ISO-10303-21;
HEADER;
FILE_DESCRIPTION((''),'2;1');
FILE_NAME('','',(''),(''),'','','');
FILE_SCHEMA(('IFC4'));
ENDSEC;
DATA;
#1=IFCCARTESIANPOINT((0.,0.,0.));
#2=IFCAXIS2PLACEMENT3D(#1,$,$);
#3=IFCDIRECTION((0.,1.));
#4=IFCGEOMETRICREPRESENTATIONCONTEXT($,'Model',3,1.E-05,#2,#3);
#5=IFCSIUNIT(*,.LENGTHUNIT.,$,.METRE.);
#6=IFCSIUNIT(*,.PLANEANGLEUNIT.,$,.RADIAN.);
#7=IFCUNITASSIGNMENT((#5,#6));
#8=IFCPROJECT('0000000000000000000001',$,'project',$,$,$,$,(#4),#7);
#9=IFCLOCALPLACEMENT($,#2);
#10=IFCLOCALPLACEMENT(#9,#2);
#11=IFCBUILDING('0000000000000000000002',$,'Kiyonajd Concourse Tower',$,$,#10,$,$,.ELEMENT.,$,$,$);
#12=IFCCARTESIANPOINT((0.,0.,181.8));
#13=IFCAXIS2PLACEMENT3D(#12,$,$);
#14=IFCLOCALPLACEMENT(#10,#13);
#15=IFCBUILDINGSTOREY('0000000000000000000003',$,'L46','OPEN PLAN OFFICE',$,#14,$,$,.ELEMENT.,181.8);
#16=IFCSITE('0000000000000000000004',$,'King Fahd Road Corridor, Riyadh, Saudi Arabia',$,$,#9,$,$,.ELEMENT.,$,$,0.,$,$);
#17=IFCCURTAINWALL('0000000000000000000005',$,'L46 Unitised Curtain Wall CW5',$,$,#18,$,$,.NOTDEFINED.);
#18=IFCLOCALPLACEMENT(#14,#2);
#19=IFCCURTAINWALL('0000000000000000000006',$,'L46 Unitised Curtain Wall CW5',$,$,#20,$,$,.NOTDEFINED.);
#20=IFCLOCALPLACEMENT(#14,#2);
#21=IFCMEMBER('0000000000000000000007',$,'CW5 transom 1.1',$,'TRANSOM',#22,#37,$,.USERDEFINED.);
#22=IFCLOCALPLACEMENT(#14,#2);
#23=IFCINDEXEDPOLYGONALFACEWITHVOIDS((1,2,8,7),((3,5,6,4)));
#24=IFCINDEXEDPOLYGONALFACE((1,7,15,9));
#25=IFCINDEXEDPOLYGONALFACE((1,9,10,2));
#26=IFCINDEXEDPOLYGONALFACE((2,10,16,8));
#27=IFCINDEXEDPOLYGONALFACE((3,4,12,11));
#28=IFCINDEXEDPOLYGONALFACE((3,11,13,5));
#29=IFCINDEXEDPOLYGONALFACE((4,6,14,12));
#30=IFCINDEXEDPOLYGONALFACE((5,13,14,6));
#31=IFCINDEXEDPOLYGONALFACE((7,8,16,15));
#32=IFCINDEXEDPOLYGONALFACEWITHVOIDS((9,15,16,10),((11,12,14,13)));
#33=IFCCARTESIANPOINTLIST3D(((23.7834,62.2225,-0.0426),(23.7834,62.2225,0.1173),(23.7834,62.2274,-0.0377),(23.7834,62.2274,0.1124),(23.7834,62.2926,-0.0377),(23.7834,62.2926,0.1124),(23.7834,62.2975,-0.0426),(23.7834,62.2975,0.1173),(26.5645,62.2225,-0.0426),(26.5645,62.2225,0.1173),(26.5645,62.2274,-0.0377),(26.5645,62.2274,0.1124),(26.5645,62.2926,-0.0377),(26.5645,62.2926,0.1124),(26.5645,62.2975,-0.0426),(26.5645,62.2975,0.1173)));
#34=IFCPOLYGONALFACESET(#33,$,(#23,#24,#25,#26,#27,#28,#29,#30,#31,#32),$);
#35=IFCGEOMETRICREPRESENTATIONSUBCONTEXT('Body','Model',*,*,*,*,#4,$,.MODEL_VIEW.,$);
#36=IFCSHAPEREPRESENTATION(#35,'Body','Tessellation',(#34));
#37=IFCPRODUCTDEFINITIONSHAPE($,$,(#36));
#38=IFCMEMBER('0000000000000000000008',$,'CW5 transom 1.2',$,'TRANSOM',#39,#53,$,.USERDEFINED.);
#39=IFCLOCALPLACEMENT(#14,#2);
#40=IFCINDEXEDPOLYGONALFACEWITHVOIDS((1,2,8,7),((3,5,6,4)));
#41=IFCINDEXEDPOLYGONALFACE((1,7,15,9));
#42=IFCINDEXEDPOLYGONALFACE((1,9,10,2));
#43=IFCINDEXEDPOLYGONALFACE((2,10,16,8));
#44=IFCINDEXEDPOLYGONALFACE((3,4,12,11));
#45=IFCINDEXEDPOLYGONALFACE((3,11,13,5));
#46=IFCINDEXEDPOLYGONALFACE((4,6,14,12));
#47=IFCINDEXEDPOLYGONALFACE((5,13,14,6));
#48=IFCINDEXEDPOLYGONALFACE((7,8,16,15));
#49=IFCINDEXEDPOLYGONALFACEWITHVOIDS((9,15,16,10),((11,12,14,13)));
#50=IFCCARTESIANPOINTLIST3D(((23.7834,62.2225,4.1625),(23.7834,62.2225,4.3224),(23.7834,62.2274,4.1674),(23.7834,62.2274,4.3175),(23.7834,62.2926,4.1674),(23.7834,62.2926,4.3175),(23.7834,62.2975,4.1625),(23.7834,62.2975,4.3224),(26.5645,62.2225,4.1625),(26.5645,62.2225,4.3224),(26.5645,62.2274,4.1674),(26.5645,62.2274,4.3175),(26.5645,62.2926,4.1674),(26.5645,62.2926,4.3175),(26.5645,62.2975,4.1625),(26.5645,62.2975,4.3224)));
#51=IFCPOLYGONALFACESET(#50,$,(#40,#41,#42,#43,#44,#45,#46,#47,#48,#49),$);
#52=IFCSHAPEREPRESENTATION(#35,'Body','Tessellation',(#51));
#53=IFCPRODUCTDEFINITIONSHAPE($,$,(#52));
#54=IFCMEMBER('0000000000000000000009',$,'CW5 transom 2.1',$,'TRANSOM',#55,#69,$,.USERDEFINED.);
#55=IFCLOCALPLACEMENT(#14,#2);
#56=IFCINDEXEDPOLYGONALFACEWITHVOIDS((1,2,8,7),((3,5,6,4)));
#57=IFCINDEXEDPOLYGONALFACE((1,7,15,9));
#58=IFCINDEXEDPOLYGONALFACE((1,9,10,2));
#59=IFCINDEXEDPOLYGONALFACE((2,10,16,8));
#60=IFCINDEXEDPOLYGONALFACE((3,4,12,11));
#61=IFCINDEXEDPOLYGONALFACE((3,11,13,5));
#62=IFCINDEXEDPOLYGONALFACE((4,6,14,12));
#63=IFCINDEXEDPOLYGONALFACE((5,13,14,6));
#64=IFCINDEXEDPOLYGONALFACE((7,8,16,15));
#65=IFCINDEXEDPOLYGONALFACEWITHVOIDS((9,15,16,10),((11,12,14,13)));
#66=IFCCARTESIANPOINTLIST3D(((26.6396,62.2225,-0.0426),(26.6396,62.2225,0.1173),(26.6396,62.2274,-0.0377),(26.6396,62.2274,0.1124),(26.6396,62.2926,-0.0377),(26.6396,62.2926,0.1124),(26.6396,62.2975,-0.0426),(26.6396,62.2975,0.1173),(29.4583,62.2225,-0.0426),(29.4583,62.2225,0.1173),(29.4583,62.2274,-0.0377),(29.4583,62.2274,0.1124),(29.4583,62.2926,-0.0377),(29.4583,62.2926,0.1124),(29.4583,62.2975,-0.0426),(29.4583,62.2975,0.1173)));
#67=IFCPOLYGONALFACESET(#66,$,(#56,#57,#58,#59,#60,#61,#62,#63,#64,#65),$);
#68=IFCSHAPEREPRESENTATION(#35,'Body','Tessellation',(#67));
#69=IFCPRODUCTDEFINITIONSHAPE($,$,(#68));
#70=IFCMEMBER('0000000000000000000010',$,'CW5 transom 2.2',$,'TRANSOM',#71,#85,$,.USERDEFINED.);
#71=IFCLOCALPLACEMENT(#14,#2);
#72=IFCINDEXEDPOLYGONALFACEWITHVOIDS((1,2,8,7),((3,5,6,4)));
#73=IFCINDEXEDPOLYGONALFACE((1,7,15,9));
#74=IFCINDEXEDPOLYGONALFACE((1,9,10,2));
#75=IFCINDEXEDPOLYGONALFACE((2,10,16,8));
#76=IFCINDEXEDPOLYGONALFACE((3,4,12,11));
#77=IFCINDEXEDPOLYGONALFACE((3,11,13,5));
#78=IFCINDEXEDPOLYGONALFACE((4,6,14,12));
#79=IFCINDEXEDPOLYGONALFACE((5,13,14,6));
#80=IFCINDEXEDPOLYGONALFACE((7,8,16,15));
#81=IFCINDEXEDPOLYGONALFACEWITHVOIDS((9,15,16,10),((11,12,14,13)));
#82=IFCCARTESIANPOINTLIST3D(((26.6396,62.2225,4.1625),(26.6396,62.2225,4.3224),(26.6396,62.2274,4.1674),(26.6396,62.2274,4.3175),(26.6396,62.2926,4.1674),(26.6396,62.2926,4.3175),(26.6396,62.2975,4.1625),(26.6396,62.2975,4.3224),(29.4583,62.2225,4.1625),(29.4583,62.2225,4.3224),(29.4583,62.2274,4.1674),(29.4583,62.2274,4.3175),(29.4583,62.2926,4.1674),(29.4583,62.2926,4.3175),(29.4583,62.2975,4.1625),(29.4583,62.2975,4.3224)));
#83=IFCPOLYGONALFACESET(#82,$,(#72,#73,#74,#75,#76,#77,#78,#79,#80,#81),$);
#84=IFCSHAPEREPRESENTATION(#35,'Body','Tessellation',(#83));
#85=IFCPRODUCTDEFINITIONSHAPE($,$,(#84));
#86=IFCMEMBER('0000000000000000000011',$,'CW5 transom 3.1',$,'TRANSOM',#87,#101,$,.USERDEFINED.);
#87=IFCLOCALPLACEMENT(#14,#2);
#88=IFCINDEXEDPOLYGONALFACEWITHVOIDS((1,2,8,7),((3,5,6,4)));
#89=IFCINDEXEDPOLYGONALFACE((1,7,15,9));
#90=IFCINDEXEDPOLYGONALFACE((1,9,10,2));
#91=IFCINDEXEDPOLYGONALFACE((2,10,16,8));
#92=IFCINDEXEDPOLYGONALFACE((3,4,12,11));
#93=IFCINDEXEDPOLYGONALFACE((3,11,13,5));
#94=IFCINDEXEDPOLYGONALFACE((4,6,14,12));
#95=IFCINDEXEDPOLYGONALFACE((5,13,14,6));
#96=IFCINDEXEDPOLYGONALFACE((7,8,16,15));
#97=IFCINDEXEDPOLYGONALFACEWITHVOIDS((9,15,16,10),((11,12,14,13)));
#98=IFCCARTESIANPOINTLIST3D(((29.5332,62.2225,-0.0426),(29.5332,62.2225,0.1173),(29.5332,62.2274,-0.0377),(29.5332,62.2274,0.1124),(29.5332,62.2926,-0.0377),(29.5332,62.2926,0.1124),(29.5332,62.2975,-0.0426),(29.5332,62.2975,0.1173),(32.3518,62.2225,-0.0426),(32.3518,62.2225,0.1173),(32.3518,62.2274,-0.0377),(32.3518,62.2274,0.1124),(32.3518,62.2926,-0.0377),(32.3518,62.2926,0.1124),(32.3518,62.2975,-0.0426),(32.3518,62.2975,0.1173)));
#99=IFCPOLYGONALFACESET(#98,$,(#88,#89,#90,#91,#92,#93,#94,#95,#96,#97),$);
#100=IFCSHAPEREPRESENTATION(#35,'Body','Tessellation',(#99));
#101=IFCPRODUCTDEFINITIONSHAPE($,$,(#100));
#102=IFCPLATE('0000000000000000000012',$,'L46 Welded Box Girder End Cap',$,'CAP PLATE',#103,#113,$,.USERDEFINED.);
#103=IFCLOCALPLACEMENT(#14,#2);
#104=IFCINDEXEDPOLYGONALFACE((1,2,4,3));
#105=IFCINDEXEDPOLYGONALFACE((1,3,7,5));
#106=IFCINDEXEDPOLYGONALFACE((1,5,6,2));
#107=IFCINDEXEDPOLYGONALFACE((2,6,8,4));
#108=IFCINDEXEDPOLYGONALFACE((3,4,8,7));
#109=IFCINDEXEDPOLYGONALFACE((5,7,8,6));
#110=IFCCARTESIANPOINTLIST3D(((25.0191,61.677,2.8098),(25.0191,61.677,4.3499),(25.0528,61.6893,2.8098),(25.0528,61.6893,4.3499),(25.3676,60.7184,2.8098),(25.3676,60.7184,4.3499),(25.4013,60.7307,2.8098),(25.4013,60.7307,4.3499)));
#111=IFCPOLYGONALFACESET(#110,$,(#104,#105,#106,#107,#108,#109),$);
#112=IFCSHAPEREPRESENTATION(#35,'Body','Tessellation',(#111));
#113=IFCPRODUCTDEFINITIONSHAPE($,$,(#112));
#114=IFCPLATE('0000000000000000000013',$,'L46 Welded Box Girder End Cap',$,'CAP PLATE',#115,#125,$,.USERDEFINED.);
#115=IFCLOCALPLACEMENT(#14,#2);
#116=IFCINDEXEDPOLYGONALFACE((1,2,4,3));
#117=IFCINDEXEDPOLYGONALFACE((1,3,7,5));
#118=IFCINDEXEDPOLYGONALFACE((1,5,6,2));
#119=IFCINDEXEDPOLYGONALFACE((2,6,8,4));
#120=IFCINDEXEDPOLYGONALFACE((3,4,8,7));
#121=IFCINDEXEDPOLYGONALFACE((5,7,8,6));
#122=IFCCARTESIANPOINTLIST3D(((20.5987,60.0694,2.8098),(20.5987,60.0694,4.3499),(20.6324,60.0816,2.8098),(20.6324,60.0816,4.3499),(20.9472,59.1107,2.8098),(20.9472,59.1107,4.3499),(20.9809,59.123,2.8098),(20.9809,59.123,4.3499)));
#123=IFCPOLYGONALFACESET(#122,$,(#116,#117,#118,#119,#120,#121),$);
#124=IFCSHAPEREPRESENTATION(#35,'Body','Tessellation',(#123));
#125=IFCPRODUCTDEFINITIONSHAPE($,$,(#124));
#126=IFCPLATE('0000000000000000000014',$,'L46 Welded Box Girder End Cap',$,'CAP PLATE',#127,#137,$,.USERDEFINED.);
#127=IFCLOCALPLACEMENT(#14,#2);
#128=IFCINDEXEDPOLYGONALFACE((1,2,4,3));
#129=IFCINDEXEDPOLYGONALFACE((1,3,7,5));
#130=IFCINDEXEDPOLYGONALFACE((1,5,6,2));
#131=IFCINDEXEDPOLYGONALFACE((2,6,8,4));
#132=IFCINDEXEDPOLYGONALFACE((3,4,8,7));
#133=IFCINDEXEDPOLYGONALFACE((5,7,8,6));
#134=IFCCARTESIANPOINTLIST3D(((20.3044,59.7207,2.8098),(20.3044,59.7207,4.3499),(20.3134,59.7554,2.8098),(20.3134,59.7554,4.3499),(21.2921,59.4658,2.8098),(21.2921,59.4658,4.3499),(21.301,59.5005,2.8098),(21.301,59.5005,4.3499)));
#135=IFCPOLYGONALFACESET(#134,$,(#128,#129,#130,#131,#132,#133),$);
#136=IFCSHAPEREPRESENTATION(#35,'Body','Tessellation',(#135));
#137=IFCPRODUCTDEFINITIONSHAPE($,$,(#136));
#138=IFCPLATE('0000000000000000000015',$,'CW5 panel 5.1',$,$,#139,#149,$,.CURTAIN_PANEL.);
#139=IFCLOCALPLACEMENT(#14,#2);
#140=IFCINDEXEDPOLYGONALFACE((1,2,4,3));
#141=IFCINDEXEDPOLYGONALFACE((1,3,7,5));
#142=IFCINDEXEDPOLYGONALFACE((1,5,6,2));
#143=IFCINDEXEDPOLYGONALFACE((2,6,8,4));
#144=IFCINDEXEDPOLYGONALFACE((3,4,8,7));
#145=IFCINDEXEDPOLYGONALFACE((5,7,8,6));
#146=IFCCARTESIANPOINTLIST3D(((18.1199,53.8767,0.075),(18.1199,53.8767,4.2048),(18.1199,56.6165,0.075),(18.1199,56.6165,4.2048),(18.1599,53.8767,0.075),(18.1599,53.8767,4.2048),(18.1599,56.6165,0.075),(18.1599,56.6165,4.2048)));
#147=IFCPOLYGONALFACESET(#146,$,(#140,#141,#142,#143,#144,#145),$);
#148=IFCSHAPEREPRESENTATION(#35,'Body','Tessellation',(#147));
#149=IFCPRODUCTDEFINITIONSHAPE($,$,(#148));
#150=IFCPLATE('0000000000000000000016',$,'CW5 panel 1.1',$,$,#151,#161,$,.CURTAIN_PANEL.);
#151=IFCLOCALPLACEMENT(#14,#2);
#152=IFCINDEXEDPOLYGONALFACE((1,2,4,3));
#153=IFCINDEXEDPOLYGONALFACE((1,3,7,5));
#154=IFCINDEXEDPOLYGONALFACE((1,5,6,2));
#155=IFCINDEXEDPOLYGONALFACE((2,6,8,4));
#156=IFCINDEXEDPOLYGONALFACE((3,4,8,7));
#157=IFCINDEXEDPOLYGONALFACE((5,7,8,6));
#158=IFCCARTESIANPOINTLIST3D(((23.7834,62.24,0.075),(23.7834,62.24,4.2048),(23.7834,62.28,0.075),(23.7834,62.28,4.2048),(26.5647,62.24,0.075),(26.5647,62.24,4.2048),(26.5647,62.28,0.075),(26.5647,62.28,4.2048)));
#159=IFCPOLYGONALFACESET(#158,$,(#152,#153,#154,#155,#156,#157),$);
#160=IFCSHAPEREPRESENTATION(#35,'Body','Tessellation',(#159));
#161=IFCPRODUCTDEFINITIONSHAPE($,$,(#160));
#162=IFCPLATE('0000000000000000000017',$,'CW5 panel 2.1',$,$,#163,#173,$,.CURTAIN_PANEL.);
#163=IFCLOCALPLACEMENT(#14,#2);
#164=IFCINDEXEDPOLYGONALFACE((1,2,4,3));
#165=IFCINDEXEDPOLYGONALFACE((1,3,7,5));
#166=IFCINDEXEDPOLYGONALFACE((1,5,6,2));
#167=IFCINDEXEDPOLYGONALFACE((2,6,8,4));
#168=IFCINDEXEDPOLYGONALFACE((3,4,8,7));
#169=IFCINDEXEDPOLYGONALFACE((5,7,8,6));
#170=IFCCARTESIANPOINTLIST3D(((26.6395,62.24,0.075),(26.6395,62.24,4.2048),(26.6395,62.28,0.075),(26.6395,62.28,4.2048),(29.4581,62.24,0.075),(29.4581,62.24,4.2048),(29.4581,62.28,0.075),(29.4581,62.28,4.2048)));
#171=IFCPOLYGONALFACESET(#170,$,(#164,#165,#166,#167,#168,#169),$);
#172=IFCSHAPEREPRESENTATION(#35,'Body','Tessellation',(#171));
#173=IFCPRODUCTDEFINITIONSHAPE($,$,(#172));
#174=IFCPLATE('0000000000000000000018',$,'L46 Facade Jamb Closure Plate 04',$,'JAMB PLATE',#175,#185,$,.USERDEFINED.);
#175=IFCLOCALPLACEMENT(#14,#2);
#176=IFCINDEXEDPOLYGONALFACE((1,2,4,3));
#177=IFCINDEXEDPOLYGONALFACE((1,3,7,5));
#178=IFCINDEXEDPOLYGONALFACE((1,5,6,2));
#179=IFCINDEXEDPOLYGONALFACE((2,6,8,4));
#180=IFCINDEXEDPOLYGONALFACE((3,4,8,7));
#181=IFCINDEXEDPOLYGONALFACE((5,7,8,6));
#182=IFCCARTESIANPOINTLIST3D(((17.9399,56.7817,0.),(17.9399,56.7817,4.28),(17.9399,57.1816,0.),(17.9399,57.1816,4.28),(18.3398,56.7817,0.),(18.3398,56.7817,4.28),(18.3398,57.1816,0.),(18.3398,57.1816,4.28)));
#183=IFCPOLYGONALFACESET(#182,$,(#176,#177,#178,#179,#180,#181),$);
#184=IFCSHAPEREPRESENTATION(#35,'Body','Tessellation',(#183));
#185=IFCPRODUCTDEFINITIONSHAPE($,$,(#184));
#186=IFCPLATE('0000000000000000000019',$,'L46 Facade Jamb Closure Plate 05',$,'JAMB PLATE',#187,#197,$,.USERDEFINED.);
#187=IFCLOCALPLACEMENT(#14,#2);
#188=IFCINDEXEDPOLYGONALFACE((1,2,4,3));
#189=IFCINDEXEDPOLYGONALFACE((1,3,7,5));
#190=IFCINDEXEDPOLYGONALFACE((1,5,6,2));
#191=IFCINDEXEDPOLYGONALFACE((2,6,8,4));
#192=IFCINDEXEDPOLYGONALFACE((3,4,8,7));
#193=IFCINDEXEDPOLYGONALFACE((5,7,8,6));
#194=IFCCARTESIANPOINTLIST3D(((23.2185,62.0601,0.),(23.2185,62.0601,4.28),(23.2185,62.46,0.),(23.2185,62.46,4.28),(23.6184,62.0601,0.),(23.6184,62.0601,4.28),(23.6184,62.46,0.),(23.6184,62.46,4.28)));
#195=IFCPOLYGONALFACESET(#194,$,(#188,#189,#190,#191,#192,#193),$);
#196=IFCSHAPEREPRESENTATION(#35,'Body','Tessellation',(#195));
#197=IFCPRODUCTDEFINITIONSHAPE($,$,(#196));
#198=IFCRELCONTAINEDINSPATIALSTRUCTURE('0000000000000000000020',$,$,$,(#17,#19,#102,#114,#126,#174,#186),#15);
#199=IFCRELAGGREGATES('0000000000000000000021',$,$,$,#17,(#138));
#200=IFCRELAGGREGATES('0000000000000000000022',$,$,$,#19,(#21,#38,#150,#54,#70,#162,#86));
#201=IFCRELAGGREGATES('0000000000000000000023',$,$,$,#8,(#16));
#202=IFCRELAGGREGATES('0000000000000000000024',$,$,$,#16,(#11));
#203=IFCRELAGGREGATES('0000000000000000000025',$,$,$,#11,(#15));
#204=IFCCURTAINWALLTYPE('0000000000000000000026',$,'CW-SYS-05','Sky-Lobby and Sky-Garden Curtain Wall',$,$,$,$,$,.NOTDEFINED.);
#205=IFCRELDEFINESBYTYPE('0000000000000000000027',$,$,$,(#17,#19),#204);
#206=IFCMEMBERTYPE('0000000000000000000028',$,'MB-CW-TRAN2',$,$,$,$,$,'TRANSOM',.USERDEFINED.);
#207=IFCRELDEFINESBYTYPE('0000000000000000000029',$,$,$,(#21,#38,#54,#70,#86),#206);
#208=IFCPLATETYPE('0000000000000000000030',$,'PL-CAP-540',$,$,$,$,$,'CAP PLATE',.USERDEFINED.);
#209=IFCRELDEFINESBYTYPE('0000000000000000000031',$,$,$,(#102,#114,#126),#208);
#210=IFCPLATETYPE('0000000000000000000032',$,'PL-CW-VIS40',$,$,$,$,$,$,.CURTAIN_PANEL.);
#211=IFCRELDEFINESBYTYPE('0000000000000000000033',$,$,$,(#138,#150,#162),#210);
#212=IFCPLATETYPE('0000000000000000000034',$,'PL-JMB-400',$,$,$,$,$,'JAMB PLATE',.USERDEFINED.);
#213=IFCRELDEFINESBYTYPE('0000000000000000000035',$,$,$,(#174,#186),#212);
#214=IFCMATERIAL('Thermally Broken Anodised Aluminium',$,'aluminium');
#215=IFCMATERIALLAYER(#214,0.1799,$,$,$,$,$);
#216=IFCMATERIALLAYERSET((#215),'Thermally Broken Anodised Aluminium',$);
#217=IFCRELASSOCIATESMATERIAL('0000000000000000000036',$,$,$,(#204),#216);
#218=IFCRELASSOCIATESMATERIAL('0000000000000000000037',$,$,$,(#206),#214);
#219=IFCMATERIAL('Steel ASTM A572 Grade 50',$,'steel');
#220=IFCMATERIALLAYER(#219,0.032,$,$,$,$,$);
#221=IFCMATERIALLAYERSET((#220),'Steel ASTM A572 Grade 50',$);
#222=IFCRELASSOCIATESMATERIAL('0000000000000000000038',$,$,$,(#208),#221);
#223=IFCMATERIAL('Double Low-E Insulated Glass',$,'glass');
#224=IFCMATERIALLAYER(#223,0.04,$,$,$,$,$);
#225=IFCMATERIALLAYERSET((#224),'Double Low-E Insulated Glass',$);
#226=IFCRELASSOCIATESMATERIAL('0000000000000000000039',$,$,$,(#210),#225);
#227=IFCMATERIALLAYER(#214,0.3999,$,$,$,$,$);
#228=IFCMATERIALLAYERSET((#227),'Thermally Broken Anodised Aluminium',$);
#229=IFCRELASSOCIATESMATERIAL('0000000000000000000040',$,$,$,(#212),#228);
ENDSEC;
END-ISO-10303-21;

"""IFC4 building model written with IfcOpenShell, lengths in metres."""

from ifc_helpers import new_model, si_unit, direction, frame, origin, origin_2d, place, context, subcontext, project, spatial, rectangle, hollow_rectangle, extrude, material, layer, layer_set, material_profile, profile_set, type_object, element, aggregate, save


model = new_model("IFC4")

# Units and contexts
model_context = context("Model", 3, precision=1e-05, world=origin(), true_north=direction((0.0, 1.0)))
body_context = subcontext(model_context, "Body", "Model", "MODEL_VIEW")
ifc_project = project(units=[si_unit("LENGTHUNIT", "METRE"), si_unit("PLANEANGLEUNIT", "RADIAN")], contexts=[model_context])

# Site, building, storey
site_placement = place(None, origin())
site = spatial("IfcSite", under=ifc_project, at=site_placement, Name="King Fahd Road Corridor, Riyadh, Saudi Arabia", CompositionType="ELEMENT", RefElevation=0.0)
building_placement = place(site_placement, origin())
building = spatial("IfcBuilding", under=site, at=building_placement, Name="Kiyonajd Concourse Tower", CompositionType="ELEMENT")
storey_placement = place(building_placement, frame((0.0, 0.0, 181.8)))
storey = spatial("IfcBuildingStorey", under=building, at=storey_placement, Name="L46", Description="OPEN PLAN OFFICE", CompositionType="ELEMENT", Elevation=181.8)

# Shared definitions
ifc_material_1 = material(Name="Steel ASTM A572 Grade 50", Category="steel")

# Curtain wall
ifc_material_2 = material(Name="Thermally Broken Anodised Aluminium", Category="aluminium")
ifc_layer_1 = layer(ifc_material_2, 0.1799)
ifc_layer_set_1 = layer_set([ifc_layer_1], Name="Thermally Broken Anodised Aluminium")
curtain_wall_type = type_object("IfcCurtainWallType", Name="CW-SYS-05", Description="Sky-Lobby and Sky-Garden Curtain Wall", PredefinedType="NOTDEFINED", material=ifc_layer_set_1)
curtain_wall_1_placement = place(storey_placement, origin())
curtain_wall_1 = element("IfcCurtainWall", 1, at=curtain_wall_1_placement, inside=storey, type_object=curtain_wall_type, Name="L46 Unitised Curtain Wall CW5", PredefinedType="NOTDEFINED")

# Curtain wall
curtain_wall_2_placement = place(storey_placement, origin())
curtain_wall_2 = element("IfcCurtainWall", 2, at=curtain_wall_2_placement, inside=storey, type_object=curtain_wall_type, Name="L46 Unitised Curtain Wall CW5", PredefinedType="NOTDEFINED")

# Members
ifc_material_profile_1 = material_profile(ifc_material_2, hollow_rectangle(XDim=0.075, YDim=0.1599, WallThickness=0.0049, at=origin_2d()), Name="TRAN-75x160")
ifc_profile_set_1 = profile_set([ifc_material_profile_1], Name="Thermally Broken Anodised Aluminium")
member_type_1 = type_object("IfcMemberType", Name="MB-CW-TRAN2", ElementType="TRANSOM", PredefinedType="USERDEFINED", material=ifc_profile_set_1)
member_1_placement = place(storey_placement, frame((23.7834, 62.26, 0.0374), z_axis=(1.0, 0.0, 0.0), x_axis=(0.0, 1.0, 0.0)))
member_1 = element("IfcMember", 3, at=member_1_placement, type_object=member_type_1, Name="CW5 transom 1.1", ObjectType="TRANSOM", PredefinedType="USERDEFINED", context=body_context, shape_type="SweptSolid", body=[
    extrude(hollow_rectangle(XDim=0.075, YDim=0.1599, WallThickness=0.0049, at=origin_2d()), origin(), (0.0, 0.0, 1.0), 2.781),
])
member_2_placement = place(storey_placement, frame((23.7834, 62.26, 4.2424), z_axis=(1.0, 0.0, 0.0), x_axis=(0.0, 1.0, 0.0)))
member_2 = element("IfcMember", 4, at=member_2_placement, type_object=member_type_1, Name="CW5 transom 1.2", ObjectType="TRANSOM", PredefinedType="USERDEFINED", context=body_context, shape_type="SweptSolid", body=[
    extrude(hollow_rectangle(XDim=0.075, YDim=0.1599, WallThickness=0.0049, at=origin_2d()), origin(), (0.0, 0.0, 1.0), 2.781),
])
member_3_placement = place(storey_placement, frame((26.6396, 62.26, 0.0374), z_axis=(1.0, 0.0, 0.0), x_axis=(0.0, 1.0, 0.0)))
member_3 = element("IfcMember", 5, at=member_3_placement, type_object=member_type_1, Name="CW5 transom 2.1", ObjectType="TRANSOM", PredefinedType="USERDEFINED", context=body_context, shape_type="SweptSolid", body=[
    extrude(hollow_rectangle(XDim=0.075, YDim=0.1599, WallThickness=0.0049, at=origin_2d()), origin(), (0.0, 0.0, 1.0), 2.8186),
])
member_4_placement = place(storey_placement, frame((26.6396, 62.26, 4.2424), z_axis=(1.0, 0.0, 0.0), x_axis=(0.0, 1.0, 0.0)))
member_4 = element("IfcMember", 6, at=member_4_placement, type_object=member_type_1, Name="CW5 transom 2.2", ObjectType="TRANSOM", PredefinedType="USERDEFINED", context=body_context, shape_type="SweptSolid", body=[
    extrude(hollow_rectangle(XDim=0.075, YDim=0.1599, WallThickness=0.0049, at=origin_2d()), origin(), (0.0, 0.0, 1.0), 2.8186),
])
member_5_placement = place(storey_placement, frame((29.5332, 62.26, 0.0374), z_axis=(1.0, 0.0, 0.0), x_axis=(0.0, 1.0, 0.0)))
member_5 = element("IfcMember", 7, at=member_5_placement, type_object=member_type_1, Name="CW5 transom 3.1", ObjectType="TRANSOM", PredefinedType="USERDEFINED", context=body_context, shape_type="SweptSolid", body=[
    extrude(hollow_rectangle(XDim=0.075, YDim=0.1599, WallThickness=0.0049, at=origin_2d()), origin(), (0.0, 0.0, 1.0), 2.8186),
])

# Plates
ifc_layer_2 = layer(ifc_material_1, 0.032)
ifc_layer_set_2 = layer_set([ifc_layer_2], Name="Steel ASTM A572 Grade 50")
plate_type_1 = type_object("IfcPlateType", Name="PL-CAP-540", ElementType="CAP PLATE", PredefinedType="USERDEFINED", material=ifc_layer_set_2)
for number, where, z_axis, x_axis, name in (
    (8, (25.2102, 61.2039, 2.8098), (0.0, 0.0, 1.0), (0.939812, 0.341692, 0.0), "L46 Welded Box Girder End Cap"),
    (9, (20.7898, 59.5962, 2.8098), (0.0, 0.0, 1.0), (-0.939812, -0.341692, 0.0), "L46 Welded Box Girder End Cap"),
    (10, (20.8027, 59.6106, 2.8098), (0.0, 0.0, 1.0), (0.249873, 0.968279, 0.0), "L46 Welded Box Girder End Cap"),
):
    element("IfcPlate", number, at=place(storey_placement, frame(where, z_axis=z_axis, x_axis=x_axis)), inside=storey, type_object=plate_type_1, Name=name, ObjectType="CAP PLATE", PredefinedType="USERDEFINED", context=body_context, shape_type="SweptSolid", body=[
        extrude(rectangle(XDim=0.0359, YDim=1.02, at=origin_2d()), origin(), (0.0, 0.0, 1.0), 1.54),
    ])

# Plates
ifc_material_3 = material(Name="Double Low-E Insulated Glass", Category="glass")
ifc_layer_3 = layer(ifc_material_3, 0.04)
ifc_layer_set_3 = layer_set([ifc_layer_3], Name="Double Low-E Insulated Glass")
plate_type_2 = type_object("IfcPlateType", Name="PL-CW-VIS40", PredefinedType="CURTAIN_PANEL", material=ifc_layer_set_3)
plate_1_placement = place(storey_placement, frame((18.1399, 55.2466, 0.075), z_axis=(0.0, 0.0, 1.0), x_axis=(0.0, 1.0, 0.0)))
plate_1 = element("IfcPlate", 11, at=plate_1_placement, type_object=plate_type_2, Name="CW5 panel 5.1", PredefinedType="CURTAIN_PANEL", context=body_context, shape_type="SweptSolid", body=[
    extrude(rectangle(XDim=2.7397, YDim=0.04, at=origin_2d()), origin(), (0.0, 0.0, 1.0), 4.1299),
])
aggregate(curtain_wall_1, [plate_1])
plate_2_placement = place(storey_placement, frame((25.1741, 62.26, 0.075), z_axis=(0.0, 0.0, 1.0), x_axis=(1.0, 0.0, 0.0)))
plate_2 = element("IfcPlate", 12, at=plate_2_placement, type_object=plate_type_2, Name="CW5 panel 1.1", PredefinedType="CURTAIN_PANEL", context=body_context, shape_type="SweptSolid", body=[
    extrude(rectangle(XDim=2.7812, YDim=0.04, at=origin_2d()), origin(), (0.0, 0.0, 1.0), 4.1299),
])
plate_3_placement = place(storey_placement, frame((28.0488, 62.26, 0.075), z_axis=(0.0, 0.0, 1.0), x_axis=(1.0, 0.0, 0.0)))
plate_3 = element("IfcPlate", 13, at=plate_3_placement, type_object=plate_type_2, Name="CW5 panel 2.1", PredefinedType="CURTAIN_PANEL", context=body_context, shape_type="SweptSolid", body=[
    extrude(rectangle(XDim=2.8186, YDim=0.04, at=origin_2d()), origin(), (0.0, 0.0, 1.0), 4.1299),
])
aggregate(curtain_wall_2, [member_1, member_2, plate_2, member_3, member_4, plate_3, member_5])

# Plates
ifc_layer_4 = layer(ifc_material_2, 0.3999)
ifc_layer_set_4 = layer_set([ifc_layer_4], Name="Thermally Broken Anodised Aluminium")
plate_type_3 = type_object("IfcPlateType", Name="PL-JMB-400", ElementType="JAMB PLATE", PredefinedType="USERDEFINED", material=ifc_layer_set_4)
for number, where, z_axis, x_axis, name in (
    (14, (18.1399, 56.9817, 0.0), (0.0, 0.0, 1.0), (1.0, 0.0, 0.0), "L46 Facade Jamb Closure Plate 04"),
    (15, (23.4185, 62.26, 0.0), (0.0, 0.0, 1.0), (1.0, 0.0, 0.0), "L46 Facade Jamb Closure Plate 05"),
):
    element("IfcPlate", number, at=place(storey_placement, frame(where, z_axis=z_axis, x_axis=x_axis)), inside=storey, type_object=plate_type_3, Name=name, ObjectType="JAMB PLATE", PredefinedType="USERDEFINED", context=body_context, shape_type="SweptSolid", body=[
        extrude(rectangle(XDim=0.3999, YDim=0.3999, at=origin_2d()), origin(), (0.0, 0.0, 1.0), 4.28),
    ])

save(model, "model.ifc")
